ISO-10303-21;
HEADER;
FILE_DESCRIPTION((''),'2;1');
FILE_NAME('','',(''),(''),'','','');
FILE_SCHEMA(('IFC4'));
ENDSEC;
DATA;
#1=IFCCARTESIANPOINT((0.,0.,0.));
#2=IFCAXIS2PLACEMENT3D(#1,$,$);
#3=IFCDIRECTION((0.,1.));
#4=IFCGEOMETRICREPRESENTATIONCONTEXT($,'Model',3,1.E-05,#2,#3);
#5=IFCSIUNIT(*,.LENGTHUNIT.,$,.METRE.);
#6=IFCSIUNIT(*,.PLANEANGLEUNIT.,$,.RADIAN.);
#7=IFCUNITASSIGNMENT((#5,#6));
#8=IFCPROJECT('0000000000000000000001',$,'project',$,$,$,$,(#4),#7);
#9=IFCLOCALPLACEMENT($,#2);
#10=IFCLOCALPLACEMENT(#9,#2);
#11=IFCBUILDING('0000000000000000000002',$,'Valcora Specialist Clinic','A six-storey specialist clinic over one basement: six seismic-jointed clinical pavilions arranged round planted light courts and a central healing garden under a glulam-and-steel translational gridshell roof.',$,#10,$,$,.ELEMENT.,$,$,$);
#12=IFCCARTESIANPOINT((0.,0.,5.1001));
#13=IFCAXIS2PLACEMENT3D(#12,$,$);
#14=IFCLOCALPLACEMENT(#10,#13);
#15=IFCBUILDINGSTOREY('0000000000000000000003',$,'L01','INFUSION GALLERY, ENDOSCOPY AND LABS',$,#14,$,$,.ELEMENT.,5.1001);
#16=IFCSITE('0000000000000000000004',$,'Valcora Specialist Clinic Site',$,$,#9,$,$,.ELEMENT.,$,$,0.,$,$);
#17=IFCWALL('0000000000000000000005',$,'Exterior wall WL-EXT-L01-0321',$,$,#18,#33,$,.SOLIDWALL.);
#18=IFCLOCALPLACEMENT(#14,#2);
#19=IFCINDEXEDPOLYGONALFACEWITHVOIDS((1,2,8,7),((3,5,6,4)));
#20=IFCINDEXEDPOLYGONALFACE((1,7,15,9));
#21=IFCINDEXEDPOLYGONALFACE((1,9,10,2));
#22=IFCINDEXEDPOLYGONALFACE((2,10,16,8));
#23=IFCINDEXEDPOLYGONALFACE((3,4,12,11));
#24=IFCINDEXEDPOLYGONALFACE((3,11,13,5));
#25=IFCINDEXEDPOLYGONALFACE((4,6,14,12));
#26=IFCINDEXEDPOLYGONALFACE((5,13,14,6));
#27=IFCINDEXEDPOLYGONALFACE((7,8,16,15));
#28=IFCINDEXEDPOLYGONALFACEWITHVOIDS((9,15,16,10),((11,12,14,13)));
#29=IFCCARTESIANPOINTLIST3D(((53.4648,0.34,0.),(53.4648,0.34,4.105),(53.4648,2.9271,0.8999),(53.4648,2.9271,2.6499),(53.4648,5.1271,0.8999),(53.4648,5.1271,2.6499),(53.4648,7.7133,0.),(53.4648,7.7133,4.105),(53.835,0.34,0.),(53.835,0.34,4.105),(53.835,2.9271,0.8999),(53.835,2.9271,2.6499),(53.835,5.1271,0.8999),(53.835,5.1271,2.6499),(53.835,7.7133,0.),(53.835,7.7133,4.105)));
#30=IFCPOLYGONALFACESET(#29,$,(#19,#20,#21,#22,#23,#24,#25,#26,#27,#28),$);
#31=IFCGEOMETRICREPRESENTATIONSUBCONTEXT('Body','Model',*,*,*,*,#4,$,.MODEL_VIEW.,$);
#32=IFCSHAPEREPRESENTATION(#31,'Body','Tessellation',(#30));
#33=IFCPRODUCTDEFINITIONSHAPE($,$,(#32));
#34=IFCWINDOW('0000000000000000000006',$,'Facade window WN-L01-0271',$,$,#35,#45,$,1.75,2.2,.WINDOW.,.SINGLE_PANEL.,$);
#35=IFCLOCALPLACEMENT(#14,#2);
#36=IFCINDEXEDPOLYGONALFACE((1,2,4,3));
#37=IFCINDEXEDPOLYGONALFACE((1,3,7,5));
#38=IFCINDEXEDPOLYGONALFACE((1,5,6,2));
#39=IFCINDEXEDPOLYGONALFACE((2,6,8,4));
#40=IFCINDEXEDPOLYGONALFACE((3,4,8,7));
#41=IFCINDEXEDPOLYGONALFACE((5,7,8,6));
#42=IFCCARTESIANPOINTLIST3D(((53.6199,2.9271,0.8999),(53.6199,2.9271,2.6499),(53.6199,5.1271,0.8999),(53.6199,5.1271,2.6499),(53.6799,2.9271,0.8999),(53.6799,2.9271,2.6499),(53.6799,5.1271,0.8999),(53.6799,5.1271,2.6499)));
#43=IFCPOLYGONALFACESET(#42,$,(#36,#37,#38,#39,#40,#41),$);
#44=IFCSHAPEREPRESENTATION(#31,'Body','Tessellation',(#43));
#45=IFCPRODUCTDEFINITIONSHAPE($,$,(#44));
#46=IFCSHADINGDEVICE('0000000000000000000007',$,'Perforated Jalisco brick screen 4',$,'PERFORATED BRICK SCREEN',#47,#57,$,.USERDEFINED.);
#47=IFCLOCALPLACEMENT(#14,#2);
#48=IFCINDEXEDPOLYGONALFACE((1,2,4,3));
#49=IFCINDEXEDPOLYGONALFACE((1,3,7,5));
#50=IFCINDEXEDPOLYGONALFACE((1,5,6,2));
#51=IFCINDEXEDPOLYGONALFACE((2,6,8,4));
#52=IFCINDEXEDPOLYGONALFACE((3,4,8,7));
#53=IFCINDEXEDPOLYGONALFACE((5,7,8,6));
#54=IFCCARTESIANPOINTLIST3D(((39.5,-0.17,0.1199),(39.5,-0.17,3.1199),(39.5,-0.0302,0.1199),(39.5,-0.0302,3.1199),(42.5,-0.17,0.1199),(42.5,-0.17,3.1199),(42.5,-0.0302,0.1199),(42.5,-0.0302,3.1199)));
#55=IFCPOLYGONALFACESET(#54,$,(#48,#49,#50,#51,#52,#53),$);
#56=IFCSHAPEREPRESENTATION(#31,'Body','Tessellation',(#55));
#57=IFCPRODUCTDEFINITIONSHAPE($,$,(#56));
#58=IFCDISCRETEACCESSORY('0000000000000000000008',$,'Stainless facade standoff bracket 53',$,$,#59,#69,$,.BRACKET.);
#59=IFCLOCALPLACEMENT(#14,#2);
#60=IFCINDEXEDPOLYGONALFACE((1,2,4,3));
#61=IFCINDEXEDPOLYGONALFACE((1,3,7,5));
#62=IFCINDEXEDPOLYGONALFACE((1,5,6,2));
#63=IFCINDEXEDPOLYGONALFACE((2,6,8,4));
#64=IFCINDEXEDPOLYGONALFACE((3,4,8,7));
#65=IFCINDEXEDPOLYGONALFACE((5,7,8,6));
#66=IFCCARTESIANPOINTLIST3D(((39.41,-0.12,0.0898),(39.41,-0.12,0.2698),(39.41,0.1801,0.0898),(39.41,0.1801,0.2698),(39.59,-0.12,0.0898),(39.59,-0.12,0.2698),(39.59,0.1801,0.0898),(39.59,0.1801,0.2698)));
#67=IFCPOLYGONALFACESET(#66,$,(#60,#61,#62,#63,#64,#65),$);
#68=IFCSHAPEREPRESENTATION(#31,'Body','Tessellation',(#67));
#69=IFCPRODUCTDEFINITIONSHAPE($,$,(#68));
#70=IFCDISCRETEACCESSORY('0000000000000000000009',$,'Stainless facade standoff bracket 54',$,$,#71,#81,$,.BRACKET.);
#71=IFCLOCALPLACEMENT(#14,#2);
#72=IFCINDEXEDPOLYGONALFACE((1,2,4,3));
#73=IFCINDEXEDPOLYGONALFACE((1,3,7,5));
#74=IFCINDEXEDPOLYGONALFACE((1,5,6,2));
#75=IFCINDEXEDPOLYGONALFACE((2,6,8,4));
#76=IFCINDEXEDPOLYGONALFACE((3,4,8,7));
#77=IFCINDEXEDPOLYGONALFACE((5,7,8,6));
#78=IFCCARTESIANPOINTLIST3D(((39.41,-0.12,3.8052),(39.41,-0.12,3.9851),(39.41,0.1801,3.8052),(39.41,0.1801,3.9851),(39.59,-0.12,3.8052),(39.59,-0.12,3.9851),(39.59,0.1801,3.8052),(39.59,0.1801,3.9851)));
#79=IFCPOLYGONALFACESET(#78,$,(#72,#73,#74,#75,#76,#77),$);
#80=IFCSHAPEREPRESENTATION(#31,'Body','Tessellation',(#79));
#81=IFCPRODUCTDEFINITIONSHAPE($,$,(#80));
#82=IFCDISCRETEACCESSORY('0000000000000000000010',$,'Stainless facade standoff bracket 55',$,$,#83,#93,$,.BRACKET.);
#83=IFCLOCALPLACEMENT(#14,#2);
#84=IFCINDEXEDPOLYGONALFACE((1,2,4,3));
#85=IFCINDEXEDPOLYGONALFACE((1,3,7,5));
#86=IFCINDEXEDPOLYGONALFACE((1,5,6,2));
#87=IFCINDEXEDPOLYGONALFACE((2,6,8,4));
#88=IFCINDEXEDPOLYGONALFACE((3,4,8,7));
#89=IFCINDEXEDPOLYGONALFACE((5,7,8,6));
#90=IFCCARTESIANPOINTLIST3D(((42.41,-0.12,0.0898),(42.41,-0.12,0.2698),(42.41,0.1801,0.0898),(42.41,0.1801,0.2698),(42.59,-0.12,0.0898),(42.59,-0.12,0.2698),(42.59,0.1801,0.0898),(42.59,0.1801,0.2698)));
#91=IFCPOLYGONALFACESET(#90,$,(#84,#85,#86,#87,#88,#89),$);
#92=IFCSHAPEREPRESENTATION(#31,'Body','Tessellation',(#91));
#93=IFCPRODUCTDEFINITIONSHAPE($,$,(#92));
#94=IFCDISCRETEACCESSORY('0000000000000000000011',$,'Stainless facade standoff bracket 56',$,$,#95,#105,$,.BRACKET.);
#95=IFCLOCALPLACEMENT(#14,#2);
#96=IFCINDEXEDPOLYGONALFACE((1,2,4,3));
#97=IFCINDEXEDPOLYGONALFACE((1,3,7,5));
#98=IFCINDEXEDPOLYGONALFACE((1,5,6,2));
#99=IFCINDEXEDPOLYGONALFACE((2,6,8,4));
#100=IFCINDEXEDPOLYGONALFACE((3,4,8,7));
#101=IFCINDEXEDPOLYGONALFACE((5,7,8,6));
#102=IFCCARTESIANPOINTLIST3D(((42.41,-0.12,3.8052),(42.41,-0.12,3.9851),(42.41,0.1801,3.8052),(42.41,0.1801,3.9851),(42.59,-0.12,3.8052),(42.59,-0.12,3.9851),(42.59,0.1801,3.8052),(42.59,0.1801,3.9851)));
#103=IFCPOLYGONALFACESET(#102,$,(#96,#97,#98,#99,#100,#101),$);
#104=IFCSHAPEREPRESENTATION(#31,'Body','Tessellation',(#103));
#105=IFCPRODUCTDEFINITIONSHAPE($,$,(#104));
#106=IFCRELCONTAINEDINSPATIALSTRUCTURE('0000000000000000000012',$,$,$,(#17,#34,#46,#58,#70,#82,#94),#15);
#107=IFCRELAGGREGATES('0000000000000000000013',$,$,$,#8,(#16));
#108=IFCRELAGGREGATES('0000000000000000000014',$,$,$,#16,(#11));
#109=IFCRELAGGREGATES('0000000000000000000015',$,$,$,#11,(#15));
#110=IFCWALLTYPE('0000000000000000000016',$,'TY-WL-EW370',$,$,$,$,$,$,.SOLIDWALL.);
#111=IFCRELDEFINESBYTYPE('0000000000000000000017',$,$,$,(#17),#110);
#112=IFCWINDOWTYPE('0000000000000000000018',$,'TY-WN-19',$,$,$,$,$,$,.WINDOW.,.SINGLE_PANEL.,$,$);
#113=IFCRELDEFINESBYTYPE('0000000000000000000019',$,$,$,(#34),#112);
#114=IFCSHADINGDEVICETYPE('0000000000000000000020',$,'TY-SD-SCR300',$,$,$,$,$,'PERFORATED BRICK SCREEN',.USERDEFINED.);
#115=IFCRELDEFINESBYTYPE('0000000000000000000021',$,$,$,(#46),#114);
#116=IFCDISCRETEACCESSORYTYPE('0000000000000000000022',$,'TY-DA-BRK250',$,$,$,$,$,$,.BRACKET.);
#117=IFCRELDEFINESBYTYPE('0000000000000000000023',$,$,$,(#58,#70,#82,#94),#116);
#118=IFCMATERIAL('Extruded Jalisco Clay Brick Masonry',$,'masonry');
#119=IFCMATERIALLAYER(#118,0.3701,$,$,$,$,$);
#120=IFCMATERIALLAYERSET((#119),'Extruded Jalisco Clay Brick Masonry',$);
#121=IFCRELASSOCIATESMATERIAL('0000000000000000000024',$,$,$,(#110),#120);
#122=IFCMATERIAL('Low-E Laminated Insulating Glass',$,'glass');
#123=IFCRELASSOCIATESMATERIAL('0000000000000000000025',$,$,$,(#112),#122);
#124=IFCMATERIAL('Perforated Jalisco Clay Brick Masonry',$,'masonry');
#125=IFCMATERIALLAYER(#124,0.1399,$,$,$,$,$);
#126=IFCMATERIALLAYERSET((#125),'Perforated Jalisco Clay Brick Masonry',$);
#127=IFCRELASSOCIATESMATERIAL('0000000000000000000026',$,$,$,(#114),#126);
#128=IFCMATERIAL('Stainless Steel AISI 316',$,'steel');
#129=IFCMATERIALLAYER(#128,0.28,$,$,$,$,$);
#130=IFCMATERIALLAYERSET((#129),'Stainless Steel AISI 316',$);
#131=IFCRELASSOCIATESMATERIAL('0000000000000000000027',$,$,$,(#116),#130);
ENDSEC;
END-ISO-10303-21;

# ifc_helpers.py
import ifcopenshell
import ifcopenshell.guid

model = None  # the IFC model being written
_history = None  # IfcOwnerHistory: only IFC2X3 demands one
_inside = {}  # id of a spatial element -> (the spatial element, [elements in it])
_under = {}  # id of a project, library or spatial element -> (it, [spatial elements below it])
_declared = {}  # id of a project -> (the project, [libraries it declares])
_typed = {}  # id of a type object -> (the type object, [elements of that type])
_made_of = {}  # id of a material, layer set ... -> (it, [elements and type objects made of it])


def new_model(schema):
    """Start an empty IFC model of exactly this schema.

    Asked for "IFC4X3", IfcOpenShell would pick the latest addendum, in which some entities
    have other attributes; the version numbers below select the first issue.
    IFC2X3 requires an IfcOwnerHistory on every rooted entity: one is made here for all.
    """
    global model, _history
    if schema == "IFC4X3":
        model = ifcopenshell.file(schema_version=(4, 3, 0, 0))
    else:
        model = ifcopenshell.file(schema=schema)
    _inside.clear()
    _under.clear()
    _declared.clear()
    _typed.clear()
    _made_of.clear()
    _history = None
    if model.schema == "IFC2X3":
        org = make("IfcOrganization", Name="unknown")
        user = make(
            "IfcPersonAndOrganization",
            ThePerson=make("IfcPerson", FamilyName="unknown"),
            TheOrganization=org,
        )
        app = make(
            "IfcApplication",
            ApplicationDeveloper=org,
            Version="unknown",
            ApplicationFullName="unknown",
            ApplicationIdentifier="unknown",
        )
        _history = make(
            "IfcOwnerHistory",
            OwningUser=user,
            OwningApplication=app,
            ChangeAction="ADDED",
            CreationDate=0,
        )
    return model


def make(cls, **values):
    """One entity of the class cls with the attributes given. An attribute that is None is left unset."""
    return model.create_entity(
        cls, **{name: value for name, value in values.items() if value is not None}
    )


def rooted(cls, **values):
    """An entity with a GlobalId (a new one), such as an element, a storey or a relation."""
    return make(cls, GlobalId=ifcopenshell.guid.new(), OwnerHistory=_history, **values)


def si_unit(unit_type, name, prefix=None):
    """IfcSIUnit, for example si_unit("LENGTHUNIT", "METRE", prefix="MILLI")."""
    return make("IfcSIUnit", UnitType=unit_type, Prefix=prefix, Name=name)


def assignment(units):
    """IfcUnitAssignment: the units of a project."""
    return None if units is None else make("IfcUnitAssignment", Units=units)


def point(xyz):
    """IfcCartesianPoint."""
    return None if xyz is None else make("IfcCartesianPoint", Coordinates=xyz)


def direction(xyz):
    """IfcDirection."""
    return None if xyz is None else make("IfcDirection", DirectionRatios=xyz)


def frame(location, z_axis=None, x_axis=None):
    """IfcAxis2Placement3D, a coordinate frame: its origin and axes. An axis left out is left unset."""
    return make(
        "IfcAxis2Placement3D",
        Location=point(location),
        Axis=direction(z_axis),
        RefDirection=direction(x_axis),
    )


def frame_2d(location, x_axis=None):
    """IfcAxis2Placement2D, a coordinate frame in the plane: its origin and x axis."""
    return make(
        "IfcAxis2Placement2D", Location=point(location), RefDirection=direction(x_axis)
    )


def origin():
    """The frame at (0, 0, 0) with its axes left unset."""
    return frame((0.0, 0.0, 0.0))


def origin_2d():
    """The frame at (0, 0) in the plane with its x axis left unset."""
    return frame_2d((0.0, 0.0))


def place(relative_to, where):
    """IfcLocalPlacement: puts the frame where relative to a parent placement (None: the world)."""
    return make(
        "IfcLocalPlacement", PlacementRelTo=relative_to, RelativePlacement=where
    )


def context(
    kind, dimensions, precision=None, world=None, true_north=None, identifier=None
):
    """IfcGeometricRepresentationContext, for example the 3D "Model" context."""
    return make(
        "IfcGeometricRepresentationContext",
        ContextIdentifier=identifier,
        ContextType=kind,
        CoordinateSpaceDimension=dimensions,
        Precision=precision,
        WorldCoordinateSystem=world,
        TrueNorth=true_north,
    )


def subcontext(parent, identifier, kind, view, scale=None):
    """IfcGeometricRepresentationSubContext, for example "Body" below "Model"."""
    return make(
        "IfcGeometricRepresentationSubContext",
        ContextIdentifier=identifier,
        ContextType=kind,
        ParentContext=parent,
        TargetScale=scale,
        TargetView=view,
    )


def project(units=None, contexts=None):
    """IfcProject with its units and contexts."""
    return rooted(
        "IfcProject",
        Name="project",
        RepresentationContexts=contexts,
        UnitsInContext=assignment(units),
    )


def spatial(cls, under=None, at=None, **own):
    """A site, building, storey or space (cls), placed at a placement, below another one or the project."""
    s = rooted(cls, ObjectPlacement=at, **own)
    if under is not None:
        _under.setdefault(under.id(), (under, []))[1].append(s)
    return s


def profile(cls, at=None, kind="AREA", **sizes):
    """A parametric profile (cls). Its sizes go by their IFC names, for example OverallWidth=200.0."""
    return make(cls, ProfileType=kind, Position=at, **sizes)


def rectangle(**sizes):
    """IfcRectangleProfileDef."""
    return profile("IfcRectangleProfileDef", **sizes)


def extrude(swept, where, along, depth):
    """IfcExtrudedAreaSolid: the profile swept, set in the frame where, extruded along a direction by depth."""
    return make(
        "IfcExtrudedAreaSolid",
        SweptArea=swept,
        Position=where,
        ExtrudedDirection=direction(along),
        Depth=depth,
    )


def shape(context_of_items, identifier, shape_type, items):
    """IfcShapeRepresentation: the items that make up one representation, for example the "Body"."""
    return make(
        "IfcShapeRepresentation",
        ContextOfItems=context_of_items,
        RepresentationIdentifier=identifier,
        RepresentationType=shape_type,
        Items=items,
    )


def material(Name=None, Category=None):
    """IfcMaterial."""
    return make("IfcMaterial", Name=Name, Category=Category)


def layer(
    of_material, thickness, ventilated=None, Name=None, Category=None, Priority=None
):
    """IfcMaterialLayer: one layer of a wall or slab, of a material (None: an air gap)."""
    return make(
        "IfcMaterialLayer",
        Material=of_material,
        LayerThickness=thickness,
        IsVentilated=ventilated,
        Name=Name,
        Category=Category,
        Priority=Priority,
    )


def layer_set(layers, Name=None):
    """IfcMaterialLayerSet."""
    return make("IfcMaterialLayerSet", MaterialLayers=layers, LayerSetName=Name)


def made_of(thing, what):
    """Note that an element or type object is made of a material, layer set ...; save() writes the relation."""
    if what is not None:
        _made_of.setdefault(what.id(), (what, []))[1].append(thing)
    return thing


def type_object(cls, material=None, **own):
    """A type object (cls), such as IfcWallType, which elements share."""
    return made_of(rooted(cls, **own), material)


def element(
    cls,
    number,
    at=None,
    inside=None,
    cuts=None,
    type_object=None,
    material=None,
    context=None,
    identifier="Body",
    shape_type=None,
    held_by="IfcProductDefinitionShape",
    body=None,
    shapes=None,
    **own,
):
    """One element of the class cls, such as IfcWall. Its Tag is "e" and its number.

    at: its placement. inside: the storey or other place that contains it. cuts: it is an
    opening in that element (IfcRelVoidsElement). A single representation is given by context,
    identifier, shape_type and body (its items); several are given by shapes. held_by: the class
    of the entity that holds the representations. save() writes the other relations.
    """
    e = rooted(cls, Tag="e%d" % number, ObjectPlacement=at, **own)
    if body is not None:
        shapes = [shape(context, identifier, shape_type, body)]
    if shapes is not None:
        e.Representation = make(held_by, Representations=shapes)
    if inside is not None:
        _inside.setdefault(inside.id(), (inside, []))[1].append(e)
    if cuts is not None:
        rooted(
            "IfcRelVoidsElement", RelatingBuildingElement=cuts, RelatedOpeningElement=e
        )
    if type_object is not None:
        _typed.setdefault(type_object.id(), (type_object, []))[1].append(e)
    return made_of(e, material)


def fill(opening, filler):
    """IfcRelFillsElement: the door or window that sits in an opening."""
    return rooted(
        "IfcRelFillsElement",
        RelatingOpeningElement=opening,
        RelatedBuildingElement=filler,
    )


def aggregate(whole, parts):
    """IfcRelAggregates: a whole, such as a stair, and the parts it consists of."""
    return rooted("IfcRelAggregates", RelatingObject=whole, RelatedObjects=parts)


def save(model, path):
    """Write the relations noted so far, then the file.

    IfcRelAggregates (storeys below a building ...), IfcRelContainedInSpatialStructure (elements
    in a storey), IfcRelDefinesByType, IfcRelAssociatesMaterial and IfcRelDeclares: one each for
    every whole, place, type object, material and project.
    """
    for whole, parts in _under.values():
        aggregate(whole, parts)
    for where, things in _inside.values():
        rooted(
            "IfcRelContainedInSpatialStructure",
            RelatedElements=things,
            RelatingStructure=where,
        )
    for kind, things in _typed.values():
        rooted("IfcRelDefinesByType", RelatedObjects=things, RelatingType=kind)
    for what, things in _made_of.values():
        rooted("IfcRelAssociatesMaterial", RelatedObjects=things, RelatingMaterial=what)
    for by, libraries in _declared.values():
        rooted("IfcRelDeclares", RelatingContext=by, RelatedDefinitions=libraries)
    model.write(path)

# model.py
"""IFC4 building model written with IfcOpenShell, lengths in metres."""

from ifc_helpers import new_model, si_unit, direction, frame, frame_2d, origin, origin_2d, place, context, subcontext, project, spatial, rectangle, extrude, material, layer, layer_set, type_object, element, fill, save


model = new_model("IFC4")

# Units and contexts
model_context = context("Model", 3, precision=1e-05, world=origin(), true_north=direction((0.0, 1.0)))
body_context = subcontext(model_context, "Body", "Model", "MODEL_VIEW")
ifc_project = project(units=[si_unit("LENGTHUNIT", "METRE"), si_unit("PLANEANGLEUNIT", "RADIAN")], contexts=[model_context])

# Site, building, storey
site_placement = place(None, origin())
site = spatial("IfcSite", under=ifc_project, at=site_placement, Name="Valcora Specialist Clinic Site", CompositionType="ELEMENT", RefElevation=0.0)
building_placement = place(site_placement, origin())
building = spatial("IfcBuilding", under=site, at=building_placement, Name="Valcora Specialist Clinic", Description="A six-storey specialist clinic over one basement: six seismic-jointed clinical pavilions arranged round planted light courts and a central healing garden under a glulam-and-steel translational gridshell roof.", CompositionType="ELEMENT")
storey_placement = place(building_placement, frame((0.0, 0.0, 5.1001)))
storey = spatial("IfcBuildingStorey", under=building, at=storey_placement, Name="L01", Description="INFUSION GALLERY, ENDOSCOPY AND LABS", CompositionType="ELEMENT", Elevation=5.1001)

# Wall, opening, window
ifc_material_1 = material(Name="Extruded Jalisco Clay Brick Masonry", Category="masonry")
ifc_material_2 = material(Name="Low-E Laminated Insulating Glass", Category="glass")
ifc_layer_1 = layer(ifc_material_1, 0.3701)
ifc_layer_set_1 = layer_set([ifc_layer_1], Name="Extruded Jalisco Clay Brick Masonry")
wall_type_1 = type_object("IfcWallType", Name="TY-WL-EW370", PredefinedType="SOLIDWALL", material=ifc_layer_set_1)
wall_1_placement = place(storey_placement, frame((53.6499, 0.3401, 0.0), z_axis=(0.0, 0.0, 1.0), x_axis=(0.0, 1.0, 0.0)))
wall_1 = element("IfcWall", 1, at=wall_1_placement, inside=storey, type_object=wall_type_1, Name="Exterior wall WL-EXT-L01-0321", PredefinedType="SOLIDWALL", context=body_context, shape_type="SweptSolid", body=[
    extrude(rectangle(XDim=7.3733, YDim=0.3701, at=frame_2d((3.6865, 0.0))), origin(), (0.0, 0.0, 1.0), 4.105),
])
opening_1_placement = place(wall_1_placement, frame((2.5869, 0.0, 0.8999)))
opening_1 = element("IfcOpeningElement", 2, at=opening_1_placement, cuts=wall_1, PredefinedType="OPENING", context=body_context, shape_type="SweptSolid", body=[
    extrude(rectangle(XDim=2.2, YDim=1.75, at=frame_2d((1.1001, 0.875))), frame((0.0, 0.1951, 0.0), z_axis=(0.0, -1.0, 0.0), x_axis=(1.0, 0.0, 0.0)), (0.0, 0.0, 1.0), 0.3901),
])
window_type_1 = type_object("IfcWindowType", Name="TY-WN-19", PartitioningType="SINGLE_PANEL", PredefinedType="WINDOW", material=ifc_material_2)
window_1_placement = place(opening_1_placement, origin())
window_1 = element("IfcWindow", 3, at=window_1_placement, inside=storey, type_object=window_type_1, Name="Facade window WN-L01-0271", OverallHeight=1.75, OverallWidth=2.2, PartitioningType="SINGLE_PANEL", PredefinedType="WINDOW", context=body_context, shape_type="SweptSolid", body=[
    extrude(rectangle(XDim=2.2, YDim=1.75, at=frame_2d((1.1001, 0.875))), frame((0.0, 0.03, 0.0), z_axis=(0.0, -1.0, 0.0), x_axis=(1.0, 0.0, 0.0)), (0.0, 0.0, 1.0), 0.0601),
])
fill(opening_1, window_1)

# Shading device
ifc_material_3 = material(Name="Perforated Jalisco Clay Brick Masonry", Category="masonry")
ifc_layer_2 = layer(ifc_material_3, 0.1399)
ifc_layer_set_2 = layer_set([ifc_layer_2], Name="Perforated Jalisco Clay Brick Masonry")
shading_device_type = type_object("IfcShadingDeviceType", Name="TY-SD-SCR300", ElementType="PERFORATED BRICK SCREEN", PredefinedType="USERDEFINED", material=ifc_layer_set_2)
shading_device_placement = place(storey_placement, frame((41.0, -0.1001, 0.1199), z_axis=(0.0, 0.0, 1.0), x_axis=(1.0, 0.0, 0.0)))
element("IfcShadingDevice", 4, at=shading_device_placement, inside=storey, type_object=shading_device_type, Name="Perforated Jalisco brick screen 4", ObjectType="PERFORATED BRICK SCREEN", PredefinedType="USERDEFINED", context=body_context, shape_type="SweptSolid", body=[
    extrude(rectangle(XDim=3.0, YDim=0.1399, at=origin_2d()), origin(), (0.0, 0.0, 1.0), 3.0),
])

# Discrete accessories
ifc_material_4 = material(Name="Stainless Steel AISI 316", Category="steel")
ifc_layer_3 = layer(ifc_material_4, 0.28)
ifc_layer_set_3 = layer_set([ifc_layer_3], Name="Stainless Steel AISI 316")
discrete_accessory_type = type_object("IfcDiscreteAccessoryType", Name="TY-DA-BRK250", PredefinedType="BRACKET", material=ifc_layer_set_3)
for number, where, z_axis, x_axis, name in (
    (5, (39.5, 0.03, 0.0898), (0.0, 0.0, 1.0), (1.0, 0.0, 0.0), "Stainless facade standoff bracket 53"),
    (6, (39.5, 0.03, 3.8052), (0.0, 0.0, 1.0), (1.0, 0.0, 0.0), "Stainless facade standoff bracket 54"),
    (7, (42.5, 0.03, 0.0898), (0.0, 0.0, 1.0), (1.0, 0.0, 0.0), "Stainless facade standoff bracket 55"),
    (8, (42.5, 0.03, 3.8052), (0.0, 0.0, 1.0), (1.0, 0.0, 0.0), "Stainless facade standoff bracket 56"),
):
    element("IfcDiscreteAccessory", number, at=place(storey_placement, frame(where, z_axis=z_axis, x_axis=x_axis)), inside=storey, type_object=discrete_accessory_type, Name=name, PredefinedType="BRACKET", context=body_context, shape_type="SweptSolid", body=[
        extrude(rectangle(XDim=0.1799, YDim=0.3, at=origin_2d()), origin(), (0.0, 0.0, 1.0), 0.1799),
    ])

save(model, "model.ifc")
